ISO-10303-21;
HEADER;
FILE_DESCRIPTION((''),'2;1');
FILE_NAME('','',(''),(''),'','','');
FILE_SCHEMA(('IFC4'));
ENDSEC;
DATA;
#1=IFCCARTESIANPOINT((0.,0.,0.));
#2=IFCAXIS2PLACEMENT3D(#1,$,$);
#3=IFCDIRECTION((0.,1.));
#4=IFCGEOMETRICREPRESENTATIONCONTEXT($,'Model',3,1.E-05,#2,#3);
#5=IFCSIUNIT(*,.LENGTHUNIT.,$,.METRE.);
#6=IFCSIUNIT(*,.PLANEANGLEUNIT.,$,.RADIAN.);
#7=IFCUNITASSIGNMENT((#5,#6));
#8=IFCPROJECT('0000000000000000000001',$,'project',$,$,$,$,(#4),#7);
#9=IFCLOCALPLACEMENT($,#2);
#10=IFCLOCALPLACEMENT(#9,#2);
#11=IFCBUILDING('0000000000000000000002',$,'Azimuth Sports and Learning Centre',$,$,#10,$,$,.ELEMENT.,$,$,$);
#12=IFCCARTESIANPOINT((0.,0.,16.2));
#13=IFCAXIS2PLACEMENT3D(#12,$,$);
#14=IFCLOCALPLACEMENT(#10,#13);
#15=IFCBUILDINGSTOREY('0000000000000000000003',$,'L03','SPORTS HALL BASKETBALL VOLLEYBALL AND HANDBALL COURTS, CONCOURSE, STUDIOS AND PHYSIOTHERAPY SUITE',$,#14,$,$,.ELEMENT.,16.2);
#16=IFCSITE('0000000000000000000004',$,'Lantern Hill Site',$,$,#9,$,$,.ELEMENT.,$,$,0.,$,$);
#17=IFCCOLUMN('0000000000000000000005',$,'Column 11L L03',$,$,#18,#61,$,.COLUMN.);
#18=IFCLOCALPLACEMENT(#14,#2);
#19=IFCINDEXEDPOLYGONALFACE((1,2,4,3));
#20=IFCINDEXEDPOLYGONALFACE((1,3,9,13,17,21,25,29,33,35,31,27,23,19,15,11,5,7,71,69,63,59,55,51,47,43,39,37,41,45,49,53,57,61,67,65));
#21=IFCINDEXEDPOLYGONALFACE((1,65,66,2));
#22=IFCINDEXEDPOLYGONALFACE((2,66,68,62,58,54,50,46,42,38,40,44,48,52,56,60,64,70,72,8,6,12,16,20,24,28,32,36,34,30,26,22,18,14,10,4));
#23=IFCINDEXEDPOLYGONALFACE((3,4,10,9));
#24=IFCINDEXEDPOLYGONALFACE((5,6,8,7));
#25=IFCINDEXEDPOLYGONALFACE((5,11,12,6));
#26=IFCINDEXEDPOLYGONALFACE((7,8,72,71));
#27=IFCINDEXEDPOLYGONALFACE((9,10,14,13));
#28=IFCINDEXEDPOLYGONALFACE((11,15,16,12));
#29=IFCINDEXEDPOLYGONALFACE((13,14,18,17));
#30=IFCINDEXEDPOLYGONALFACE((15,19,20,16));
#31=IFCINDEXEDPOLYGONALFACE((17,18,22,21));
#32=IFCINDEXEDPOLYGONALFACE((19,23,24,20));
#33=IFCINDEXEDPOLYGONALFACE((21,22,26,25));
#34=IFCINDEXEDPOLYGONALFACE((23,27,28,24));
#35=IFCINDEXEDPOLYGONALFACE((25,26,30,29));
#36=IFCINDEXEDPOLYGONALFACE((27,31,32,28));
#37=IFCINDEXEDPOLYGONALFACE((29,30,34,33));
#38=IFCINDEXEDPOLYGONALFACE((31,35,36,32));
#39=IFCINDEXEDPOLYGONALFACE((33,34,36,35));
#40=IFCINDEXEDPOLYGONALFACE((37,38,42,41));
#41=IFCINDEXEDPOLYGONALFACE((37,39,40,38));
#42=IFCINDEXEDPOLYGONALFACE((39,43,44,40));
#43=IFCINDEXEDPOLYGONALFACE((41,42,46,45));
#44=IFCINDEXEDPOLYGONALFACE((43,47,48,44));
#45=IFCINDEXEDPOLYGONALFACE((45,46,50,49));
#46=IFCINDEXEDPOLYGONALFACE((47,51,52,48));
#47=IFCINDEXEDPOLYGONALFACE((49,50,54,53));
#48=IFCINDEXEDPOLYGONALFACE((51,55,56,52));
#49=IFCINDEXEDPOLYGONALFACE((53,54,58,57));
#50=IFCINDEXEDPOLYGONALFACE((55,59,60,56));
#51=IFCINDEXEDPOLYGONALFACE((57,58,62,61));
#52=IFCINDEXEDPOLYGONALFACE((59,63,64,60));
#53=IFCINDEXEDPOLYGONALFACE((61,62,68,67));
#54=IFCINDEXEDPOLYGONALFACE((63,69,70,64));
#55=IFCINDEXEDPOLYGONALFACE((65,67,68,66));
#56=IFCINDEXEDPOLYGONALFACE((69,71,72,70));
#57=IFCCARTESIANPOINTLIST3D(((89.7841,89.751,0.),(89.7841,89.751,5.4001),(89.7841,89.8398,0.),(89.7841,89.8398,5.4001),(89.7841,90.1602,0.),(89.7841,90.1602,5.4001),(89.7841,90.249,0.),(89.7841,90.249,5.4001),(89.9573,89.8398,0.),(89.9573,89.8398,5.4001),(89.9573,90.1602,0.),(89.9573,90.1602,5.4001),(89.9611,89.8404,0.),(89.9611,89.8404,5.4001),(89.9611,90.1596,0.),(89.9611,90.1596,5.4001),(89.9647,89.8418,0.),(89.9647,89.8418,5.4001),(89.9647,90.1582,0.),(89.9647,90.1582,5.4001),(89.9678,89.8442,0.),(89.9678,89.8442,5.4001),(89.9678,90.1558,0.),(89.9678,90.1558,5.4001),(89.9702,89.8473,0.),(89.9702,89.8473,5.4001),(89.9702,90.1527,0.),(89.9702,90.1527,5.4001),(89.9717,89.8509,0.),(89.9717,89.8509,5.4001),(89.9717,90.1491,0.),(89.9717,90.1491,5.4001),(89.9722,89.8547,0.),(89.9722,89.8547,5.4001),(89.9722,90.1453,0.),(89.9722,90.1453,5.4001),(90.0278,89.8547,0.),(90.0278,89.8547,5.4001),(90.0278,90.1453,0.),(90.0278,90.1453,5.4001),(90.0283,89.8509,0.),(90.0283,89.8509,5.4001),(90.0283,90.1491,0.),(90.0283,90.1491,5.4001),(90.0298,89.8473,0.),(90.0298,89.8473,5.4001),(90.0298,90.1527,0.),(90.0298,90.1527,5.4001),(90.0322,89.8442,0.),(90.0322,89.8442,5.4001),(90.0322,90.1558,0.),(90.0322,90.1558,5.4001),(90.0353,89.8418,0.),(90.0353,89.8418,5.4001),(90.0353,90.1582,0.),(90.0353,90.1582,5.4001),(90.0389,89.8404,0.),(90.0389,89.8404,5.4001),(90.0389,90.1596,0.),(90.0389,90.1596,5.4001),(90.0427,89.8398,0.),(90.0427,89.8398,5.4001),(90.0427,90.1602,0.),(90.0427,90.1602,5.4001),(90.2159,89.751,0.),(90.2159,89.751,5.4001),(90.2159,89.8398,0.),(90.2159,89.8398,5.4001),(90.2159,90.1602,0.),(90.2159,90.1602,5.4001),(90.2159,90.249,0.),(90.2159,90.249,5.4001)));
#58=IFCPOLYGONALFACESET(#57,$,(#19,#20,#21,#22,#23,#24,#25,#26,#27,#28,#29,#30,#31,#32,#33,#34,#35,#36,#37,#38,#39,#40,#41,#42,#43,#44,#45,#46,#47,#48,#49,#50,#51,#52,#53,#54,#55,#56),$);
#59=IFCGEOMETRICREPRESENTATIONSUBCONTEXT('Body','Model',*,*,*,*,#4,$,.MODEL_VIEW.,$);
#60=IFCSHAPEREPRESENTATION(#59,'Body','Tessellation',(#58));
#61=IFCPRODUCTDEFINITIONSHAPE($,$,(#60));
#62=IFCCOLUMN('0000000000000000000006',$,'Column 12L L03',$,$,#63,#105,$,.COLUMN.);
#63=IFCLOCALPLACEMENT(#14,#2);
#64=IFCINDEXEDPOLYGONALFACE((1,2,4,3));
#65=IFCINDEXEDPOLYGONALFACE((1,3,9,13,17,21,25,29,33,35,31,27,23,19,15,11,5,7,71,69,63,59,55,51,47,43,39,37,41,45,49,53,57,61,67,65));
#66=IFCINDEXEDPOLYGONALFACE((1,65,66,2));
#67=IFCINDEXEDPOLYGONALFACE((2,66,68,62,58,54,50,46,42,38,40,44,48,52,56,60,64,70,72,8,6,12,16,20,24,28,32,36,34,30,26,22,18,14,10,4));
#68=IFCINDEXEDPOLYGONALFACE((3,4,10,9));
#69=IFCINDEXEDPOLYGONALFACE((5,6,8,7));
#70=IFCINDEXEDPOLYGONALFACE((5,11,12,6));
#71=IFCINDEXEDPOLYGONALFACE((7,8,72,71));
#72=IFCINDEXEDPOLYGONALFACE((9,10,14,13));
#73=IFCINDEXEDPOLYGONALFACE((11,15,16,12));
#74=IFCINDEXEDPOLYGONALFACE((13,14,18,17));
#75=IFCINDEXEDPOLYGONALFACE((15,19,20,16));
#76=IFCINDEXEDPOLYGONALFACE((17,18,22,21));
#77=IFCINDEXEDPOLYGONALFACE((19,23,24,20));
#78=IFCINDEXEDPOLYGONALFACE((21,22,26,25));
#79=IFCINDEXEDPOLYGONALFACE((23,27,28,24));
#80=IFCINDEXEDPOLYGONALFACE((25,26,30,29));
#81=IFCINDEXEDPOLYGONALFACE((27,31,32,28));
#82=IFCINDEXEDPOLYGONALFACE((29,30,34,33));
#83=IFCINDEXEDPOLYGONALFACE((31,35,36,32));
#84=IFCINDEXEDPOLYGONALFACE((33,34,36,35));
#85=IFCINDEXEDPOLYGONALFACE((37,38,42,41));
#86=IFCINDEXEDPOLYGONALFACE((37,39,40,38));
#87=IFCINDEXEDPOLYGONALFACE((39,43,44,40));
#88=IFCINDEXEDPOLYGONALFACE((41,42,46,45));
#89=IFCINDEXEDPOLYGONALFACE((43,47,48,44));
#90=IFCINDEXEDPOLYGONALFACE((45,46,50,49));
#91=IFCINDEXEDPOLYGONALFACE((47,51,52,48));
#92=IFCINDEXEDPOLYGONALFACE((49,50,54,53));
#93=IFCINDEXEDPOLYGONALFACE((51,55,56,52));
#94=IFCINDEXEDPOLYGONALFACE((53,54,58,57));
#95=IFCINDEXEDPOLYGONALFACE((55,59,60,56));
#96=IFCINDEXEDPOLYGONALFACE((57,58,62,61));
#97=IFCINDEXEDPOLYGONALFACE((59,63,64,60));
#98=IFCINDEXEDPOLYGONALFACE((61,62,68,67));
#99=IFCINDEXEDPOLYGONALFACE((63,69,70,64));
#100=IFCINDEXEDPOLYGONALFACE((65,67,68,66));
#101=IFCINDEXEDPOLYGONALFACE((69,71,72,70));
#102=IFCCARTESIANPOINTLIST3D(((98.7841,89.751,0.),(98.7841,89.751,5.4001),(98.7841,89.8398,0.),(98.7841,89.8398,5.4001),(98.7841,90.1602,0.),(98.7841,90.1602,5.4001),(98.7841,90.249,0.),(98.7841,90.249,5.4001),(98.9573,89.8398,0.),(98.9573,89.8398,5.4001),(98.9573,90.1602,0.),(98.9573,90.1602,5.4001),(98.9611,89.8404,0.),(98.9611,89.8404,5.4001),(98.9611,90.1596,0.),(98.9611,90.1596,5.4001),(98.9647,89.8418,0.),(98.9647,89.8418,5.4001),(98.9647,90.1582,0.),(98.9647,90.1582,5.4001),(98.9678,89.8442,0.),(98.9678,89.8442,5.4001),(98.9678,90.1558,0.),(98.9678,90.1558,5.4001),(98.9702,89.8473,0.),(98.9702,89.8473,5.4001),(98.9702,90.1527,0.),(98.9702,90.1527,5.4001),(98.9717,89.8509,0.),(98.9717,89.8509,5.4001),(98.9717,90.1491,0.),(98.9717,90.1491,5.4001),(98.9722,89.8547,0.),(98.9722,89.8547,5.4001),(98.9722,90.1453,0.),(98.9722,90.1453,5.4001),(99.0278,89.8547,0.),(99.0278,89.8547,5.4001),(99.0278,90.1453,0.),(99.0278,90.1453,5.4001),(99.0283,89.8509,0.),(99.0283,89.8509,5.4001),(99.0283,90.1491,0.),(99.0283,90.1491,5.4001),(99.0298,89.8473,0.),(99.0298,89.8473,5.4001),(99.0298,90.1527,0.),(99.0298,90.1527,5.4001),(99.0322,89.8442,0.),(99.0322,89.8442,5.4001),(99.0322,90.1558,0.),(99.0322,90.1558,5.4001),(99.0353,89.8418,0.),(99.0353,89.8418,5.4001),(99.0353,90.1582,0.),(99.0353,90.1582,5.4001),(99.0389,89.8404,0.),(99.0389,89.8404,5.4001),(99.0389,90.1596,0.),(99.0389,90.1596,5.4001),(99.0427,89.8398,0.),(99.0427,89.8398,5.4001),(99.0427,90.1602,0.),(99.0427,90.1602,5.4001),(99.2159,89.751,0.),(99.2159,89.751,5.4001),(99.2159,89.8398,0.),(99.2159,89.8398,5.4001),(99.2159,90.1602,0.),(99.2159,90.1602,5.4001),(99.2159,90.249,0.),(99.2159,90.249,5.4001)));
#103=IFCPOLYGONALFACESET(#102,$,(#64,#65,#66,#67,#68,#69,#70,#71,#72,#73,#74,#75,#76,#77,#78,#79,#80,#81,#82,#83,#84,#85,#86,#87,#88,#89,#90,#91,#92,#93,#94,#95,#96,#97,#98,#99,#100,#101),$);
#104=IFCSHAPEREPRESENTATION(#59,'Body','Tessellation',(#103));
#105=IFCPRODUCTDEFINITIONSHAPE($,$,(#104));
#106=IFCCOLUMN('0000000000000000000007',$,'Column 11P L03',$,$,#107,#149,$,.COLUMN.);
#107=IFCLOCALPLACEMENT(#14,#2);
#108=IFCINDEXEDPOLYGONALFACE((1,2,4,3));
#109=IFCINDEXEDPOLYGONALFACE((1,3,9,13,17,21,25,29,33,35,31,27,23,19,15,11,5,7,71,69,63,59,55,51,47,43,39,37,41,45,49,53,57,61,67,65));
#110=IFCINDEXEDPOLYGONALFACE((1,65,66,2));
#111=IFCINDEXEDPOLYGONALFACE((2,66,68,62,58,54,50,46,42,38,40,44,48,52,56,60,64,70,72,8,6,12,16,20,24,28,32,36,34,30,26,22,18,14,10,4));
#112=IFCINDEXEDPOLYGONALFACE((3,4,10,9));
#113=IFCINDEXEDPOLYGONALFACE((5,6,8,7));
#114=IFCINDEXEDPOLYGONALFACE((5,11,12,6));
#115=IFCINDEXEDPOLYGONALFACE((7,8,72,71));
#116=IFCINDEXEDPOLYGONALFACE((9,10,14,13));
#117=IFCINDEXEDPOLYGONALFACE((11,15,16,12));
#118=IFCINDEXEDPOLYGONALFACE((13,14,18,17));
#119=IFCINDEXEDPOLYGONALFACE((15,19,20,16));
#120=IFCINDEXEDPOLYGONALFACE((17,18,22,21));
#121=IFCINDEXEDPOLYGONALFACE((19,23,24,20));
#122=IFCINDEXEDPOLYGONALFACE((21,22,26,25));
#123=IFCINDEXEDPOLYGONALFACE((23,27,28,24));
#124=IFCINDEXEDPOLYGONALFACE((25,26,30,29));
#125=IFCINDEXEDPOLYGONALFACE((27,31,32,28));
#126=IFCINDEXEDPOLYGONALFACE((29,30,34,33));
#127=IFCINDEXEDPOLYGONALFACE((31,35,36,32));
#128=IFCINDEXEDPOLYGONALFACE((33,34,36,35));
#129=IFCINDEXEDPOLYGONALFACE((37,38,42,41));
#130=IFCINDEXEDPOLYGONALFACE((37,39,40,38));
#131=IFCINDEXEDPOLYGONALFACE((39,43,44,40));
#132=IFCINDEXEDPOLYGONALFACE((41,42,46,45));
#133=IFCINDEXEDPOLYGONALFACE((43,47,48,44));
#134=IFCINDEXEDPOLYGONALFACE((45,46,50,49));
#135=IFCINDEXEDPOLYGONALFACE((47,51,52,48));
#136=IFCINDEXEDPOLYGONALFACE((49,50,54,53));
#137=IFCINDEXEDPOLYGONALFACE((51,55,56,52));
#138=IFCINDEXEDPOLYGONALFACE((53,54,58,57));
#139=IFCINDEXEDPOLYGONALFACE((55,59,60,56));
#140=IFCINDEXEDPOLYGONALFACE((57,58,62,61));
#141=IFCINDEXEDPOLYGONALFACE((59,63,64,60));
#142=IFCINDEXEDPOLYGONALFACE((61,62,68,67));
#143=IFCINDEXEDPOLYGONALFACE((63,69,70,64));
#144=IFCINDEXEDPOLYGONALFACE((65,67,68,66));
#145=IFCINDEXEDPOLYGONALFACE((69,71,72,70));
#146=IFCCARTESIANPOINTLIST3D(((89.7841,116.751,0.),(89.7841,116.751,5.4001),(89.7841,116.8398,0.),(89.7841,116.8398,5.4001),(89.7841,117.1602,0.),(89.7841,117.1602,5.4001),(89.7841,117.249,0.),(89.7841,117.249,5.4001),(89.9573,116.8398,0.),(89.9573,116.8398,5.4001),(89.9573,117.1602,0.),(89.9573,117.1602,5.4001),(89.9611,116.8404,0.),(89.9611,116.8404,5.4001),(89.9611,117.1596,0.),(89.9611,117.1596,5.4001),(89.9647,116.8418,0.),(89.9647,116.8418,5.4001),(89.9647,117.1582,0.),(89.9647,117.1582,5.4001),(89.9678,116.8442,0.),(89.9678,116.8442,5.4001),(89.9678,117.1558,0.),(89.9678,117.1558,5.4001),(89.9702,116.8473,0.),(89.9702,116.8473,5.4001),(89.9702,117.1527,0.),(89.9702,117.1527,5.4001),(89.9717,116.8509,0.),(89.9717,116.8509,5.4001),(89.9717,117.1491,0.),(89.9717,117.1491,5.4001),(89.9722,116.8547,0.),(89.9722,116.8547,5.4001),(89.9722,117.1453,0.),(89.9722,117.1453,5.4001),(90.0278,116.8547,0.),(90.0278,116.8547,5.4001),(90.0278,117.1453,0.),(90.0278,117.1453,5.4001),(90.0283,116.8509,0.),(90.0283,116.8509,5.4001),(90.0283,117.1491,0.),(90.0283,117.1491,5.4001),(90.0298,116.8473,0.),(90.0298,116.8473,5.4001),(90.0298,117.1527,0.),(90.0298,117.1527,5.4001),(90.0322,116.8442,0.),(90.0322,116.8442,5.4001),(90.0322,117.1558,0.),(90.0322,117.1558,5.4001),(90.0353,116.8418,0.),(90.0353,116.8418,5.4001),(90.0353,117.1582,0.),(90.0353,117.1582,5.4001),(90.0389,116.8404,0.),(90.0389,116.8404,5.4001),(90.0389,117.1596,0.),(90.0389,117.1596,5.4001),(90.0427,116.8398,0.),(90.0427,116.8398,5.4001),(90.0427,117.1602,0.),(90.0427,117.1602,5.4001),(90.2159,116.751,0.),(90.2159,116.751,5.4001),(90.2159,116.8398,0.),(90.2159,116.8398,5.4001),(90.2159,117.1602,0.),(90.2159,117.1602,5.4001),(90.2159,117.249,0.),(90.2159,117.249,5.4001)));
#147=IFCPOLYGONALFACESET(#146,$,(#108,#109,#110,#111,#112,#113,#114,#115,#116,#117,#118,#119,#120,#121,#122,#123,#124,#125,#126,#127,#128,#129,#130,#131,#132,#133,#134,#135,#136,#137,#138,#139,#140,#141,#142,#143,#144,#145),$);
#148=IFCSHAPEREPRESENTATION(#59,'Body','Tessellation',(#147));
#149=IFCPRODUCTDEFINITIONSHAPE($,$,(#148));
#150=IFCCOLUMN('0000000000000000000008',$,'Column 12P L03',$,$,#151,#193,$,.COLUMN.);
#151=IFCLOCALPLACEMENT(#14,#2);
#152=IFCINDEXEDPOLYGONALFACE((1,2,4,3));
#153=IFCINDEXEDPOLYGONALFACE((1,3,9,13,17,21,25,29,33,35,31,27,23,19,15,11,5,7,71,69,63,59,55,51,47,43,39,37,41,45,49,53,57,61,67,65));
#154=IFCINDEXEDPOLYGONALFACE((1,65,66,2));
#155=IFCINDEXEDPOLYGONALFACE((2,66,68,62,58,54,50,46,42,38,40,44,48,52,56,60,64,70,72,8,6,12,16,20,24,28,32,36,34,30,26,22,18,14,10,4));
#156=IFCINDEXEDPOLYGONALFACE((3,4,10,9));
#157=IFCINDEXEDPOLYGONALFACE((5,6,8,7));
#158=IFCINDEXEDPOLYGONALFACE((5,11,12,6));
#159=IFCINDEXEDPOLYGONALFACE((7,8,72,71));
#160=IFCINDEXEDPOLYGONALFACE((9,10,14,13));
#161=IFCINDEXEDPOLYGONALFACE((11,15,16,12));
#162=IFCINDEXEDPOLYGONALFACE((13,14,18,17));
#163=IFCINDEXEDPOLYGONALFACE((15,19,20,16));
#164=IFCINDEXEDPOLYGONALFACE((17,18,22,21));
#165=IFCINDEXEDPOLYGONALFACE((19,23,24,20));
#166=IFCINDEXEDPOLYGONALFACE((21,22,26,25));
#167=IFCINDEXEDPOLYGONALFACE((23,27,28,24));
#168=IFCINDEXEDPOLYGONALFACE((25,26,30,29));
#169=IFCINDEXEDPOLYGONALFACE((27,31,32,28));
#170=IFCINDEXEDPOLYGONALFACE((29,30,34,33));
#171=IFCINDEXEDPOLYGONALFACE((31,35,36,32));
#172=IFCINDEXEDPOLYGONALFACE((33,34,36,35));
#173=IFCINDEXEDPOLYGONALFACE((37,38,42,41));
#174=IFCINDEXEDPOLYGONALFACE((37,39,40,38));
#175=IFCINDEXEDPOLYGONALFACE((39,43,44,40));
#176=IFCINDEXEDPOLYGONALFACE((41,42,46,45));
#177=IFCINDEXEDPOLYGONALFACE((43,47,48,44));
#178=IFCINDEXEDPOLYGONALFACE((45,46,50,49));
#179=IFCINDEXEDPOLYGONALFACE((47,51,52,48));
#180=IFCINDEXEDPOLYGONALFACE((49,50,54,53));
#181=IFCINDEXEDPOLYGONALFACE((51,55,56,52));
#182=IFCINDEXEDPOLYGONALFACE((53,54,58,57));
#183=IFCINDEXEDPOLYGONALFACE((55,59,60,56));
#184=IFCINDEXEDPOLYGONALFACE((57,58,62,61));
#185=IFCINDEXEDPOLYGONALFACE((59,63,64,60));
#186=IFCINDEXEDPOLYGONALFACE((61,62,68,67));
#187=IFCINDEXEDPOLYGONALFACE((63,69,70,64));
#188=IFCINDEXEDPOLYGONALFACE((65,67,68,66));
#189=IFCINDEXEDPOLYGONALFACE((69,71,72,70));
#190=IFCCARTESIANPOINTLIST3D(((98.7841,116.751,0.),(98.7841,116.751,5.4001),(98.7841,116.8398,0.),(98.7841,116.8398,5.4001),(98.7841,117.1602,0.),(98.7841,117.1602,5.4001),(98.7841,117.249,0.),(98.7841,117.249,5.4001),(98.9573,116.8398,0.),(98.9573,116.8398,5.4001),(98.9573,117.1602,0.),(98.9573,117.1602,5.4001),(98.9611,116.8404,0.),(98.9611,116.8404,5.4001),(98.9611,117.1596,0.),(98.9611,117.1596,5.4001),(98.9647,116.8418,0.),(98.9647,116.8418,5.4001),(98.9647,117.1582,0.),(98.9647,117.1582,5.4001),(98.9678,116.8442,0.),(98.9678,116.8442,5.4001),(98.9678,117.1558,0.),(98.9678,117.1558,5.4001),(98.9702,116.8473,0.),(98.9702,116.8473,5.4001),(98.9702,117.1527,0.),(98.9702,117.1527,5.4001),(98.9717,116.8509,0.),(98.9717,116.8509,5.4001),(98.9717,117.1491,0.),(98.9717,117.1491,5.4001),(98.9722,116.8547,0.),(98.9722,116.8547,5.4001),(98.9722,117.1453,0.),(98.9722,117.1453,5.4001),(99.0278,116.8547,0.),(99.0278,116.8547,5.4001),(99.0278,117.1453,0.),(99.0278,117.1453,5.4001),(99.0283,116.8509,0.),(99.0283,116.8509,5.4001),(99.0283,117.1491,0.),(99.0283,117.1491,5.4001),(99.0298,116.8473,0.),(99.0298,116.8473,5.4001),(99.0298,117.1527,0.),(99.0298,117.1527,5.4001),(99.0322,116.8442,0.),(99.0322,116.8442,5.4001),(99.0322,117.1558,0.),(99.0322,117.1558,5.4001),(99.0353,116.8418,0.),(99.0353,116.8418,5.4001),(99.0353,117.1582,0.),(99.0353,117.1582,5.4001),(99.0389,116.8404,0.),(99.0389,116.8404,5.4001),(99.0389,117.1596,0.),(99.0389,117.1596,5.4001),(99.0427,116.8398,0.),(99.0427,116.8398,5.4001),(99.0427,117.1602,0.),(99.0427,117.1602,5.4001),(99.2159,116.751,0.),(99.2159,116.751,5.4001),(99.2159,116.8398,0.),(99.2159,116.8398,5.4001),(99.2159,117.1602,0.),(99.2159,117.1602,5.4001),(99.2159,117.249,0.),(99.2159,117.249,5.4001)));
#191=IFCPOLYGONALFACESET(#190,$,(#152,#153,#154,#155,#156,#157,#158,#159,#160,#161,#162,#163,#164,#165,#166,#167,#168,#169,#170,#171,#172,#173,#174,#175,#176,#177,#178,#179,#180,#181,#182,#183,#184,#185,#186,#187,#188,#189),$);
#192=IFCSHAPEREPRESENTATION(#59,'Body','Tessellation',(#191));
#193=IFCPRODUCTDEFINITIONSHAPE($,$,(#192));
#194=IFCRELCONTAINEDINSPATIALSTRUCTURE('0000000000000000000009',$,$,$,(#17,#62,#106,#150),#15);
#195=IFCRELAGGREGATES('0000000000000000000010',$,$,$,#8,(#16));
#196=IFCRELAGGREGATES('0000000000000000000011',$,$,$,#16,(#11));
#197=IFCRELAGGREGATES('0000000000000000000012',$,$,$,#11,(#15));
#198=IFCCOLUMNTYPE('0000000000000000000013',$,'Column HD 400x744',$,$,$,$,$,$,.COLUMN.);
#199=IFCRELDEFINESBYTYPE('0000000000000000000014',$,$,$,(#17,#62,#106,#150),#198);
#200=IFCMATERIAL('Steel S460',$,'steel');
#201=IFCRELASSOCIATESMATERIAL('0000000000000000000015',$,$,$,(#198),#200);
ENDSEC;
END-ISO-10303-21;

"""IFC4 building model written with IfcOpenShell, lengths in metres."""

from ifc_helpers import new_model, si_unit, direction, frame, origin, origin_2d, place, context, subcontext, project, spatial, i_section, extrude, material, material_profile, profile_set, type_object, element, save


model = new_model("IFC4")

# Units and contexts
model_context = context("Model", 3, precision=1e-05, world=origin(), true_north=direction((0.0, 1.0)))
body_context = subcontext(model_context, "Body", "Model", "MODEL_VIEW")
ifc_project = project(units=[si_unit("LENGTHUNIT", "METRE"), si_unit("PLANEANGLEUNIT", "RADIAN")], contexts=[model_context])

# Site, building, storey
site_placement = place(None, origin())
site = spatial("IfcSite", under=ifc_project, at=site_placement, Name="Lantern Hill Site", CompositionType="ELEMENT", RefElevation=0.0)
building_placement = place(site_placement, origin())
building = spatial("IfcBuilding", under=site, at=building_placement, Name="Azimuth Sports and Learning Centre", CompositionType="ELEMENT")
storey_placement = place(building_placement, frame((0.0, 0.0, 16.2)))
storey = spatial("IfcBuildingStorey", under=building, at=storey_placement, Name="L03", Description="SPORTS HALL BASKETBALL VOLLEYBALL AND HANDBALL COURTS, CONCOURSE, STUDIOS AND PHYSIOTHERAPY SUITE", CompositionType="ELEMENT", Elevation=16.2)

# Columns
ifc_material_1 = material(Name="Steel S460", Category="steel")
ifc_material_profile_1 = material_profile(ifc_material_1, i_section(OverallWidth=0.4319, OverallDepth=0.498, WebThickness=0.0557, FlangeThickness=0.0889, FilletRadius=0.0149, at=origin_2d()), Name="HD 400x744")
ifc_profile_set_1 = profile_set([ifc_material_profile_1], Name="Steel S460")
column_type = type_object("IfcColumnType", Name="Column HD 400x744", PredefinedType="COLUMN", material=ifc_profile_set_1)
for number, where, z_axis, x_axis, name in (
    (1, (90.0, 90.0, 0.0), (0.0, 0.0, 1.0), (1.0, 0.0, 0.0), "Column 11L L03"),
    (2, (99.0, 90.0, 0.0), (0.0, 0.0, 1.0), (1.0, 0.0, 0.0), "Column 12L L03"),
    (3, (90.0, 117.0, 0.0), (0.0, 0.0, 1.0), (1.0, 0.0, 0.0), "Column 11P L03"),
    (4, (99.0, 117.0, 0.0), (0.0, 0.0, 1.0), (1.0, 0.0, 0.0), "Column 12P L03"),
):
    element("IfcColumn", number, at=place(storey_placement, frame(where, z_axis=z_axis, x_axis=x_axis)), inside=storey, type_object=column_type, Name=name, PredefinedType="COLUMN", context=body_context, shape_type="SweptSolid", body=[
        extrude(i_section(OverallWidth=0.4319, OverallDepth=0.498, WebThickness=0.0557, FlangeThickness=0.0889, FilletRadius=0.0149, at=origin_2d()), origin(), (0.0, 0.0, 1.0), 5.4001),
    ])

save(model, "model.ifc")
